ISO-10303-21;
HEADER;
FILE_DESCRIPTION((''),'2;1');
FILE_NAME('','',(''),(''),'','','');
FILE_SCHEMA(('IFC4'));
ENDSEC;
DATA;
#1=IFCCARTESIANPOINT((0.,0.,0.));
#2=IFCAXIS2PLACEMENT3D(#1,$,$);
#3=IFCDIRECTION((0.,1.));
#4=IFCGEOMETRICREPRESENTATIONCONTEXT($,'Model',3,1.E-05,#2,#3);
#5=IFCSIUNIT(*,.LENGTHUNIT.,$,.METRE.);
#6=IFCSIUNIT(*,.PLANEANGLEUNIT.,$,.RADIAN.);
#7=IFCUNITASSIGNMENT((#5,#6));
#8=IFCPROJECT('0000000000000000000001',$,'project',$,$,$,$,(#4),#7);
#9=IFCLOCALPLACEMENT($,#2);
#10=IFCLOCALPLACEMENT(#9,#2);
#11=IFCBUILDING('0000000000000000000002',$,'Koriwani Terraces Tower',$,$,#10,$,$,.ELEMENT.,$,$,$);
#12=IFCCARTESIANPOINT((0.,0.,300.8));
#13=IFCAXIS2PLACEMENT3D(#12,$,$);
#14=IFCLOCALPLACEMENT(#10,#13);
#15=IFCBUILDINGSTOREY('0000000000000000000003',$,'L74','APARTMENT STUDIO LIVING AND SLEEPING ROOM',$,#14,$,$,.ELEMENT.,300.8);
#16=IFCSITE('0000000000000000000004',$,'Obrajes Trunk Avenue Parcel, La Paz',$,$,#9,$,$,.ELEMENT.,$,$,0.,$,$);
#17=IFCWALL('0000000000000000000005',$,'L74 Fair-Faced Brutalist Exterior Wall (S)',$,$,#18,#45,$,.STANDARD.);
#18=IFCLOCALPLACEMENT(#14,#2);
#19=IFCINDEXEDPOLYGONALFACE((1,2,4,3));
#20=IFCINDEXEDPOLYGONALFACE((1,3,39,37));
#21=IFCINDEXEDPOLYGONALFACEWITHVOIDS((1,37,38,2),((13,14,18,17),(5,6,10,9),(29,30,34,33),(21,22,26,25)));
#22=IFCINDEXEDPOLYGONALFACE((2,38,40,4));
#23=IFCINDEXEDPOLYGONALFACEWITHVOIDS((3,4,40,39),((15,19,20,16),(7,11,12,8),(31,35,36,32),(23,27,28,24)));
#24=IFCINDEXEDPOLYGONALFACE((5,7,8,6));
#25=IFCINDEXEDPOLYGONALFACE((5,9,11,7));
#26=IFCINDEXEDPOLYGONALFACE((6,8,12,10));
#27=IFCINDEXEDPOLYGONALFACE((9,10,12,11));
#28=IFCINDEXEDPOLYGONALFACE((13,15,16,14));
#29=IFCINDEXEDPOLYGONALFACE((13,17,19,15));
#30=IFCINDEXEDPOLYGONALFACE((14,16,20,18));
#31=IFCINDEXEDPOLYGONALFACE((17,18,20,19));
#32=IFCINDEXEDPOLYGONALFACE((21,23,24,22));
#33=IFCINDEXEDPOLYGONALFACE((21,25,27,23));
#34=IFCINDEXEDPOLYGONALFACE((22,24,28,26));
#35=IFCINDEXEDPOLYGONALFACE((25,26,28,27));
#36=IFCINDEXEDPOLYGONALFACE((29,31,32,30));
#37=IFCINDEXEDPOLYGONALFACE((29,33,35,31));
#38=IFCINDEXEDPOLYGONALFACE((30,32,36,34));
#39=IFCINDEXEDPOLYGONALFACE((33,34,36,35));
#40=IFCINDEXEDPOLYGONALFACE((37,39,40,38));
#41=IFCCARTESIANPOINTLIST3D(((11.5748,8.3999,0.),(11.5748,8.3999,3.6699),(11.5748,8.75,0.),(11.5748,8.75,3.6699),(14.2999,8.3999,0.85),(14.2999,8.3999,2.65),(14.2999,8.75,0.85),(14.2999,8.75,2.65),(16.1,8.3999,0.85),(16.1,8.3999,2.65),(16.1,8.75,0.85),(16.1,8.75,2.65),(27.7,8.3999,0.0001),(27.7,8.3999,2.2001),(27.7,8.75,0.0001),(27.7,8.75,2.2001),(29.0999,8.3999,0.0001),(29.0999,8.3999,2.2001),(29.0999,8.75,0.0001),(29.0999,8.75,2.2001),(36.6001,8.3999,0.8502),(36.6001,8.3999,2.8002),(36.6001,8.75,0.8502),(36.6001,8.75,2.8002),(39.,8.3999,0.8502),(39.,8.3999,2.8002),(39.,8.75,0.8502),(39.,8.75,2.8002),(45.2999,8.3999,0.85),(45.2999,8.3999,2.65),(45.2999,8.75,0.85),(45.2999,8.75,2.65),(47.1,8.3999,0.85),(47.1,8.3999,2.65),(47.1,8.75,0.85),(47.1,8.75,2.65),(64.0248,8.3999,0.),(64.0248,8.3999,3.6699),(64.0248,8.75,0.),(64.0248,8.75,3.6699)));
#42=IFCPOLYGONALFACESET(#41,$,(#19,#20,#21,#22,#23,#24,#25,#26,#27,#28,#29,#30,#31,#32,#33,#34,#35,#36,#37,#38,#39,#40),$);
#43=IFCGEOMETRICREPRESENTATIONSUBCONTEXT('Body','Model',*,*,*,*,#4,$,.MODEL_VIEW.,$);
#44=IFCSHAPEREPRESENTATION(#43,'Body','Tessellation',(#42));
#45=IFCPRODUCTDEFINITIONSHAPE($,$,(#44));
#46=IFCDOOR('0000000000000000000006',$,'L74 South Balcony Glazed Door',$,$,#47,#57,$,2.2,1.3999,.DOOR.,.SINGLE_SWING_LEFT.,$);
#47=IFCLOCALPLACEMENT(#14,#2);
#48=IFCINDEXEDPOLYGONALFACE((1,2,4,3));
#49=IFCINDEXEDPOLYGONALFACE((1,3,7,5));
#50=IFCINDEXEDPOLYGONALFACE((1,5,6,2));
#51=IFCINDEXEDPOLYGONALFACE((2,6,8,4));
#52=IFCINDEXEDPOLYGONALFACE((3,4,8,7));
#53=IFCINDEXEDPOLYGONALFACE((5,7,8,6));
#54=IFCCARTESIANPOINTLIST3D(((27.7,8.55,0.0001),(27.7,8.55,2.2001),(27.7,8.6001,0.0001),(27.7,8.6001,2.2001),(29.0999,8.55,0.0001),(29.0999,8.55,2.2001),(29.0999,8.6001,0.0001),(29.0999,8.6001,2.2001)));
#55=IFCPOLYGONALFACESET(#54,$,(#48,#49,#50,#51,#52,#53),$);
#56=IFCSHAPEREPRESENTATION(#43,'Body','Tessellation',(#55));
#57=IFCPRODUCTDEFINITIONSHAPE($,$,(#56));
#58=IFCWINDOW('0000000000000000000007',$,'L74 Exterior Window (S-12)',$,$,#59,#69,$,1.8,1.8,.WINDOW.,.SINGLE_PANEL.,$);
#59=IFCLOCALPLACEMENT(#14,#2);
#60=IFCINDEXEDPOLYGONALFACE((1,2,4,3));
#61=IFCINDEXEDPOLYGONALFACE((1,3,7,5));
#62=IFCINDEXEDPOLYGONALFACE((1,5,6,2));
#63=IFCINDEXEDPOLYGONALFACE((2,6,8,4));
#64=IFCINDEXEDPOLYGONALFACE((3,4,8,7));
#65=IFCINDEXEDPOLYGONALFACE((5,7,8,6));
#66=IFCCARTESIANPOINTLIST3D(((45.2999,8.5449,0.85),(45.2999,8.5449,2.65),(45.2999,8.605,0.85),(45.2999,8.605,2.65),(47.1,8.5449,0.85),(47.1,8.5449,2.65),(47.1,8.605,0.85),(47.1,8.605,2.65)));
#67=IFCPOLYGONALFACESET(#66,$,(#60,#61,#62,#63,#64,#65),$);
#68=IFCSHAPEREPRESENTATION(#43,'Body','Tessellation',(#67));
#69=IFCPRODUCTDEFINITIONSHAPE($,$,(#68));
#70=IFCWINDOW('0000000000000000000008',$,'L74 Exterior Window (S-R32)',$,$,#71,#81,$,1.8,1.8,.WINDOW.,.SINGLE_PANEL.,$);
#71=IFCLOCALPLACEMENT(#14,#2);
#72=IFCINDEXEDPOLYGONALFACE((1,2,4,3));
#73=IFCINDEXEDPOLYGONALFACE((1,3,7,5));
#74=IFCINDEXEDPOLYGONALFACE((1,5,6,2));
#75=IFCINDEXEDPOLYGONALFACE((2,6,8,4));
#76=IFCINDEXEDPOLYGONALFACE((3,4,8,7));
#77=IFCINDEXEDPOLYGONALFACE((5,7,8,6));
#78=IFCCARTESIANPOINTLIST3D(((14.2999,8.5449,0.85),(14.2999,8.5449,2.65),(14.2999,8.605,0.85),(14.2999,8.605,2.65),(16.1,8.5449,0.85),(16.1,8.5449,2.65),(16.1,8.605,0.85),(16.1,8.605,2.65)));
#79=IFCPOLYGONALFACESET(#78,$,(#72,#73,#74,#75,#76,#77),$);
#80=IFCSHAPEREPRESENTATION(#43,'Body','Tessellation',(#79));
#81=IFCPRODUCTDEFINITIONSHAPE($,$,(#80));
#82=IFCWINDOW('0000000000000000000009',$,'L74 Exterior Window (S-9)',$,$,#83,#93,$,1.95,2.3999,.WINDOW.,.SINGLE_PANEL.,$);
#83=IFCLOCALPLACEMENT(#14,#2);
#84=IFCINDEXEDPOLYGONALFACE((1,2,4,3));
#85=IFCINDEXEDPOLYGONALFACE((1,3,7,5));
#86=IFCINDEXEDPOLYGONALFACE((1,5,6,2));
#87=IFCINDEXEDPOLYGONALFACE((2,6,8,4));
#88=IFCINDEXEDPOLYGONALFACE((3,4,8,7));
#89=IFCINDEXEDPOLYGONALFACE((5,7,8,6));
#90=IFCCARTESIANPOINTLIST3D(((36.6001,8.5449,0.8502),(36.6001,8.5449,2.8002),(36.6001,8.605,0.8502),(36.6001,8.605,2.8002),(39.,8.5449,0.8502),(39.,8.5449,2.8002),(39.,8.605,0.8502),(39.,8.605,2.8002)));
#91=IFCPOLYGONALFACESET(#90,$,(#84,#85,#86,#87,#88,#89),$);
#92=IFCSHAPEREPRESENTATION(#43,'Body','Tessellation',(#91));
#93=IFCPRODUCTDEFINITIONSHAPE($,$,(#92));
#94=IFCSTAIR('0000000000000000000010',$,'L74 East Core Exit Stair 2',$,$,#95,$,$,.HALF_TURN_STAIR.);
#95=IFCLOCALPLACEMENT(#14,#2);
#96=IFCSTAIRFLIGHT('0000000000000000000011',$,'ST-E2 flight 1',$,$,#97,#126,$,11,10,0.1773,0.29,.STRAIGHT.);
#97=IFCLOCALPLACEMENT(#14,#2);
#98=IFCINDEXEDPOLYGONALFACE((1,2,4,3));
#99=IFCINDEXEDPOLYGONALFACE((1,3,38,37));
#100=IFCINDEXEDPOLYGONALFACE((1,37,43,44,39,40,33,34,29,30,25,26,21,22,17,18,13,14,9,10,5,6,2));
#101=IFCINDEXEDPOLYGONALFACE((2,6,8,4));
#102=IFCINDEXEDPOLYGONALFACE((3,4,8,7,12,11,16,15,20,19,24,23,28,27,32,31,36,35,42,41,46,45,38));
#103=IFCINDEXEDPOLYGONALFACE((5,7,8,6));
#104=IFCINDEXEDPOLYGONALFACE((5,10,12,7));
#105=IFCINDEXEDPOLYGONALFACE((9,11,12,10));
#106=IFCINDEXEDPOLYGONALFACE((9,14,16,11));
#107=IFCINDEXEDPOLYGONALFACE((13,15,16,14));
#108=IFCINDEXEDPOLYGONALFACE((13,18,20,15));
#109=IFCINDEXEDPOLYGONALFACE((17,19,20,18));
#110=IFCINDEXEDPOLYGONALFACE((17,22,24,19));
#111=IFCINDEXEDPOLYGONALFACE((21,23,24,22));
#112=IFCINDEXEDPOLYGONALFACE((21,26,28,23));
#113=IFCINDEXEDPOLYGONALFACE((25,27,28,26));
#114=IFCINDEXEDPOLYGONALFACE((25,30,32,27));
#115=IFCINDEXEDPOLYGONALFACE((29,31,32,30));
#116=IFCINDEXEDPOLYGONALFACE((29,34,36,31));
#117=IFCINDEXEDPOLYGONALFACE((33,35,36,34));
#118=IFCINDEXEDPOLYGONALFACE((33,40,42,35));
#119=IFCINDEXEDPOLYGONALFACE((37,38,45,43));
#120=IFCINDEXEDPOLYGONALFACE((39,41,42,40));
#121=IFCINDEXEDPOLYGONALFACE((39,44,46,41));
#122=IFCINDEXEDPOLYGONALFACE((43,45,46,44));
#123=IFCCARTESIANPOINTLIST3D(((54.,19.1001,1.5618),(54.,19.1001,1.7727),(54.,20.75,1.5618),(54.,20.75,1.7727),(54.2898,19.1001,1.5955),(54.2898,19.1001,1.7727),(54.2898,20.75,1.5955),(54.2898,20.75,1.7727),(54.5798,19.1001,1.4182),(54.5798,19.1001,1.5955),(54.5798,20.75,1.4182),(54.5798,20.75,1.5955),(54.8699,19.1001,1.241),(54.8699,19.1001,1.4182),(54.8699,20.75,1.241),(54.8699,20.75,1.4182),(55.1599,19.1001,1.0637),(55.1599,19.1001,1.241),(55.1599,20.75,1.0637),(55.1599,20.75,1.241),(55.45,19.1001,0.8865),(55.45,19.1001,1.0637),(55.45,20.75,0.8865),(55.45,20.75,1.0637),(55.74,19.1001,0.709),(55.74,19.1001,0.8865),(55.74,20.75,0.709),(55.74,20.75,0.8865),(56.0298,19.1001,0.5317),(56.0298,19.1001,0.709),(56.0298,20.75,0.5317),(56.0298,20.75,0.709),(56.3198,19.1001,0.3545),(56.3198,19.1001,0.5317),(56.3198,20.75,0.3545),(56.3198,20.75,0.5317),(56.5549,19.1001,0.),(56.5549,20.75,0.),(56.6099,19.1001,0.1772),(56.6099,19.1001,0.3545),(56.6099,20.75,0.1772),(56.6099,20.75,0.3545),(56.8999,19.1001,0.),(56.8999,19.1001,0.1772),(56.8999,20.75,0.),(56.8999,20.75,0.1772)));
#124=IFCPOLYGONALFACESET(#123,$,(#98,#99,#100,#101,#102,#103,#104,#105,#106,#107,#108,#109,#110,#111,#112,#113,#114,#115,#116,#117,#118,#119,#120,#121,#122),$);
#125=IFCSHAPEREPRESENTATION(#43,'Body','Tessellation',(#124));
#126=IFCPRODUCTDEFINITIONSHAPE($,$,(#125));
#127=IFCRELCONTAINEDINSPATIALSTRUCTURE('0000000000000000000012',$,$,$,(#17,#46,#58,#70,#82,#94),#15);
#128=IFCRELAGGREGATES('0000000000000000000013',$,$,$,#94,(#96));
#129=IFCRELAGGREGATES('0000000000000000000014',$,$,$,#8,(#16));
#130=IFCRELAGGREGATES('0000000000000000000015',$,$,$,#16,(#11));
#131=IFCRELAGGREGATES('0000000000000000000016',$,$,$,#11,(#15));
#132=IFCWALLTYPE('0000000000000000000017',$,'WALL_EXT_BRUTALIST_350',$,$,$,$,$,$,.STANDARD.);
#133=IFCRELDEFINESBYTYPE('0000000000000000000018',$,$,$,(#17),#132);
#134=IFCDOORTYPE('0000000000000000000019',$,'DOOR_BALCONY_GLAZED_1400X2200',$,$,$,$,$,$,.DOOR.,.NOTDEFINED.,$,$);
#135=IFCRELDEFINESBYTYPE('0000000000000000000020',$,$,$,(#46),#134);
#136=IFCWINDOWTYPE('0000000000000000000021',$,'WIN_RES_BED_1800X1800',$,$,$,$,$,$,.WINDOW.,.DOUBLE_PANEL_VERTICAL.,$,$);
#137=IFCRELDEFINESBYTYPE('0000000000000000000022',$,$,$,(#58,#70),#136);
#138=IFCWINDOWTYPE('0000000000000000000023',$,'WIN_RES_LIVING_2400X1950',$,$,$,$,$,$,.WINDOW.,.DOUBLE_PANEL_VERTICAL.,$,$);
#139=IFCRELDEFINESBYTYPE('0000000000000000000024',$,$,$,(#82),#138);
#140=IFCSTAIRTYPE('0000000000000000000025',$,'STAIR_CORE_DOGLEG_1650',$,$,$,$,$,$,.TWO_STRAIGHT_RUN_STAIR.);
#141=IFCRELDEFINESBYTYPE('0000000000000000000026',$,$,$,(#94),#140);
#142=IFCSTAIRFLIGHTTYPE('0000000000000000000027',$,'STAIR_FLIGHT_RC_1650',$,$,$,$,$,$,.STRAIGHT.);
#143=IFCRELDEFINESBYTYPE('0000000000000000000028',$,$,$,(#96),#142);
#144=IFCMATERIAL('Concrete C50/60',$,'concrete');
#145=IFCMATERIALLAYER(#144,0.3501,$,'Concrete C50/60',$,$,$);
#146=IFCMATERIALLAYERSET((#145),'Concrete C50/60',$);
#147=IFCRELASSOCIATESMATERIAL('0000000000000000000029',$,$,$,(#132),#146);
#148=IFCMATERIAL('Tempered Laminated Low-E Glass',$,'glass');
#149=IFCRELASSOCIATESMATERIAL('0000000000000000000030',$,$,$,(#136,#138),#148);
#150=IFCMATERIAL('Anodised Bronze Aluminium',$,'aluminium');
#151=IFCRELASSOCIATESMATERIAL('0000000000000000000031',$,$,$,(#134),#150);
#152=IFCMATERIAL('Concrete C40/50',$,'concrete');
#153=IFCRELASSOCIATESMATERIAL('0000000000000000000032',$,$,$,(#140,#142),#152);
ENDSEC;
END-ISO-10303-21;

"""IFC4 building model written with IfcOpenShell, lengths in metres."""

from ifc_helpers import new_model, si_unit, direction, frame, frame_2d, origin, place, context, subcontext, project, spatial, polyline, rectangle, outline, extrude, material, layer, layer_set, type_object, element, fill, aggregate, save


model = new_model("IFC4")

# Units and contexts
model_context = context("Model", 3, precision=1e-05, world=origin(), true_north=direction((0.0, 1.0)))
body_context = subcontext(model_context, "Body", "Model", "MODEL_VIEW")
ifc_project = project(units=[si_unit("LENGTHUNIT", "METRE"), si_unit("PLANEANGLEUNIT", "RADIAN")], contexts=[model_context])

# Site, building, storey
site_placement = place(None, origin())
site = spatial("IfcSite", under=ifc_project, at=site_placement, Name="Obrajes Trunk Avenue Parcel, La Paz", CompositionType="ELEMENT", RefElevation=0.0)
building_placement = place(site_placement, origin())
building = spatial("IfcBuilding", under=site, at=building_placement, Name="Koriwani Terraces Tower", CompositionType="ELEMENT")
storey_placement = place(building_placement, frame((0.0, 0.0, 300.8)))
storey = spatial("IfcBuildingStorey", under=building, at=storey_placement, Name="L74", Description="APARTMENT STUDIO LIVING AND SLEEPING ROOM", CompositionType="ELEMENT", Elevation=300.8)

# Shared definitions
ifc_material_1 = material(Name="Concrete C50/60", Category="concrete")

# Shared definitions
ifc_material_2 = material(Name="Concrete C40/50", Category="concrete")

# Shared definitions
ifc_layer_1 = layer(ifc_material_1, 0.3501, Name="Concrete C50/60")
ifc_layer_set_1 = layer_set([ifc_layer_1], Name="Concrete C50/60")
wall_type_1 = type_object("IfcWallType", Name="WALL_EXT_BRUTALIST_350", PredefinedType="STANDARD", material=ifc_layer_set_1)
ifc_material_3 = material(Name="Tempered Laminated Low-E Glass", Category="glass")
window_type_1 = type_object("IfcWindowType", Name="WIN_RES_BED_1800X1800", PartitioningType="DOUBLE_PANEL_VERTICAL", PredefinedType="WINDOW", material=ifc_material_3)

# Wall, openings, door, windows
wall_1_placement = place(storey_placement, frame((64.0249, 8.575, 0.0), z_axis=(0.0, 0.0, 1.0), x_axis=(-1.0, 0.0, 0.0)))
wall_1 = element("IfcWall", 1, at=wall_1_placement, inside=storey, type_object=wall_type_1, Name="L74 Fair-Faced Brutalist Exterior Wall (S)", PredefinedType="STANDARD", context=body_context, shape_type="SweptSolid", body=[
    extrude(rectangle(XDim=52.45, YDim=0.3501, at=frame_2d((26.2251, 0.0))), origin(), (0.0, 0.0, 1.0), 3.6699),
])
opening_1_placement = place(wall_1_placement, frame((34.925, 0.0, 0.0)))
opening_1 = element("IfcOpeningElement", 2, at=opening_1_placement, cuts=wall_1, PredefinedType="OPENING", context=body_context, shape_type="SweptSolid", body=[
    extrude(rectangle(XDim=1.3999, YDim=2.2, at=frame_2d((0.7, 1.1001))), frame((0.0, 0.1851, 0.0), z_axis=(0.0, -1.0, 0.0), x_axis=(1.0, 0.0, 0.0)), (0.0, 0.0, 1.0), 0.3701),
])
opening_2_placement = place(wall_1_placement, frame((25.0249, 0.0, 0.8501)))
opening_2 = element("IfcOpeningElement", 3, at=opening_2_placement, cuts=wall_1, PredefinedType="OPENING", context=body_context, shape_type="SweptSolid", body=[
    extrude(rectangle(XDim=2.3999, YDim=1.95, at=frame_2d((1.2, 0.9751))), frame((0.0, 0.1851, 0.0), z_axis=(0.0, -1.0, 0.0), x_axis=(1.0, 0.0, 0.0)), (0.0, 0.0, 1.0), 0.3701),
])
opening_3_placement = place(wall_1_placement, frame((16.925, 0.0, 0.8501)))
opening_3 = element("IfcOpeningElement", 4, at=opening_3_placement, cuts=wall_1, PredefinedType="OPENING", context=body_context, shape_type="SweptSolid", body=[
    extrude(rectangle(XDim=1.8, YDim=1.8, at=frame_2d((0.8999, 0.8999))), frame((0.0, 0.1851, 0.0), z_axis=(0.0, -1.0, 0.0), x_axis=(1.0, 0.0, 0.0)), (0.0, 0.0, 1.0), 0.3701),
])
opening_4_placement = place(wall_1_placement, frame((47.925, 0.0, 0.8501)))
opening_4 = element("IfcOpeningElement", 5, at=opening_4_placement, cuts=wall_1, PredefinedType="OPENING", context=body_context, shape_type="SweptSolid", body=[
    extrude(rectangle(XDim=1.8, YDim=1.8, at=frame_2d((0.8999, 0.8999))), frame((0.0, 0.1851, 0.0), z_axis=(0.0, -1.0, 0.0), x_axis=(1.0, 0.0, 0.0)), (0.0, 0.0, 1.0), 0.3701),
])
ifc_material_4 = material(Name="Anodised Bronze Aluminium", Category="aluminium")
door_type_1 = type_object("IfcDoorType", Name="DOOR_BALCONY_GLAZED_1400X2200", OperationType="NOTDEFINED", PredefinedType="DOOR", material=ifc_material_4)
door_1_placement = place(opening_1_placement, origin())
door_1 = element("IfcDoor", 6, at=door_1_placement, inside=storey, type_object=door_type_1, Name="L74 South Balcony Glazed Door", OperationType="SINGLE_SWING_LEFT", OverallHeight=2.2, OverallWidth=1.3999, PredefinedType="DOOR", context=body_context, shape_type="SweptSolid", body=[
    extrude(rectangle(XDim=1.3999, YDim=2.2, at=frame_2d((0.7, 1.1001))), frame((0.0, 0.0249, 0.0), z_axis=(0.0, -1.0, 0.0), x_axis=(1.0, 0.0, 0.0)), (0.0, 0.0, 1.0), 0.05),
])
fill(opening_1, door_1)
window_1_placement = place(opening_3_placement, origin())
window_1 = element("IfcWindow", 7, at=window_1_placement, inside=storey, type_object=window_type_1, Name="L74 Exterior Window (S-12)", OverallHeight=1.8, OverallWidth=1.8, PartitioningType="SINGLE_PANEL", PredefinedType="WINDOW", context=body_context, shape_type="SweptSolid", body=[
    extrude(rectangle(XDim=1.8, YDim=1.8, at=frame_2d((0.8999, 0.8999))), frame((0.0, 0.03, 0.0), z_axis=(0.0, -1.0, 0.0), x_axis=(1.0, 0.0, 0.0)), (0.0, 0.0, 1.0), 0.0601),
])
fill(opening_3, window_1)
window_2_placement = place(opening_4_placement, origin())
window_2 = element("IfcWindow", 8, at=window_2_placement, inside=storey, type_object=window_type_1, Name="L74 Exterior Window (S-R32)", OverallHeight=1.8, OverallWidth=1.8, PartitioningType="SINGLE_PANEL", PredefinedType="WINDOW", context=body_context, shape_type="SweptSolid", body=[
    extrude(rectangle(XDim=1.8, YDim=1.8, at=frame_2d((0.8999, 0.8999))), frame((0.0, 0.03, 0.0), z_axis=(0.0, -1.0, 0.0), x_axis=(1.0, 0.0, 0.0)), (0.0, 0.0, 1.0), 0.0601),
])
fill(opening_4, window_2)
window_type_2 = type_object("IfcWindowType", Name="WIN_RES_LIVING_2400X1950", PartitioningType="DOUBLE_PANEL_VERTICAL", PredefinedType="WINDOW", material=ifc_material_3)
window_3_placement = place(opening_2_placement, origin())
window_3 = element("IfcWindow", 9, at=window_3_placement, inside=storey, type_object=window_type_2, Name="L74 Exterior Window (S-9)", OverallHeight=1.95, OverallWidth=2.3999, PartitioningType="SINGLE_PANEL", PredefinedType="WINDOW", context=body_context, shape_type="SweptSolid", body=[
    extrude(rectangle(XDim=2.3999, YDim=1.95, at=frame_2d((1.2, 0.9751))), frame((0.0, 0.03, 0.0), z_axis=(0.0, -1.0, 0.0), x_axis=(1.0, 0.0, 0.0)), (0.0, 0.0, 1.0), 0.0601),
])
fill(opening_2, window_3)

# Stair, stair flight
stair_type = type_object("IfcStairType", Name="STAIR_CORE_DOGLEG_1650", PredefinedType="TWO_STRAIGHT_RUN_STAIR", material=ifc_material_2)
stair_placement = place(storey_placement, origin())
stair = element("IfcStair", 10, at=stair_placement, inside=storey, type_object=stair_type, Name="L74 East Core Exit Stair 2", PredefinedType="HALF_TURN_STAIR")
stair_flight_type = type_object("IfcStairFlightType", Name="STAIR_FLIGHT_RC_1650", PredefinedType="STRAIGHT", material=ifc_material_2)
stair_flight_placement = place(storey_placement, frame((56.8999, 19.925, 0.0), z_axis=(0.0, 0.0, 1.0), x_axis=(-1.0, 0.0, 0.0)))
stair_flight = element("IfcStairFlight", 11, at=stair_flight_placement, type_object=stair_flight_type, Name="ST-E2 flight 1", NumberOfRisers=11, NumberOfTreads=10, PredefinedType="STRAIGHT", RiserHeight=0.1773, TreadLength=0.29, context=body_context, shape_type="SweptSolid", body=[
    extrude(outline(polyline([(0.0, 0.0), (0.0, 0.1772), (0.29, 0.1772), (0.29, 0.3545), (0.5801, 0.3545), (0.5801, 0.5317), (0.8701, 0.5317), (0.8701, 0.709), (1.1599, 0.709), (1.1599, 0.8865), (1.45, 0.8865), (1.45, 1.0637), (1.74, 1.0637), (1.74, 1.241), (2.03, 1.241), (2.03, 1.4182), (2.3201, 1.4182), (2.3201, 1.5955), (2.6101, 1.5955), (2.6101, 1.7727), (2.8999, 1.7727), (2.8999, 1.95), (2.8999, 1.5618), (0.345, 0.0), (0.0, 0.0)])), frame((0.0, 0.825, 0.0), z_axis=(0.0, -1.0, 0.0), x_axis=(1.0, 0.0, 0.0)), (0.0, 0.0, 1.0), 1.6499),
])
aggregate(stair, [stair_flight])

save(model, "model.ifc")
